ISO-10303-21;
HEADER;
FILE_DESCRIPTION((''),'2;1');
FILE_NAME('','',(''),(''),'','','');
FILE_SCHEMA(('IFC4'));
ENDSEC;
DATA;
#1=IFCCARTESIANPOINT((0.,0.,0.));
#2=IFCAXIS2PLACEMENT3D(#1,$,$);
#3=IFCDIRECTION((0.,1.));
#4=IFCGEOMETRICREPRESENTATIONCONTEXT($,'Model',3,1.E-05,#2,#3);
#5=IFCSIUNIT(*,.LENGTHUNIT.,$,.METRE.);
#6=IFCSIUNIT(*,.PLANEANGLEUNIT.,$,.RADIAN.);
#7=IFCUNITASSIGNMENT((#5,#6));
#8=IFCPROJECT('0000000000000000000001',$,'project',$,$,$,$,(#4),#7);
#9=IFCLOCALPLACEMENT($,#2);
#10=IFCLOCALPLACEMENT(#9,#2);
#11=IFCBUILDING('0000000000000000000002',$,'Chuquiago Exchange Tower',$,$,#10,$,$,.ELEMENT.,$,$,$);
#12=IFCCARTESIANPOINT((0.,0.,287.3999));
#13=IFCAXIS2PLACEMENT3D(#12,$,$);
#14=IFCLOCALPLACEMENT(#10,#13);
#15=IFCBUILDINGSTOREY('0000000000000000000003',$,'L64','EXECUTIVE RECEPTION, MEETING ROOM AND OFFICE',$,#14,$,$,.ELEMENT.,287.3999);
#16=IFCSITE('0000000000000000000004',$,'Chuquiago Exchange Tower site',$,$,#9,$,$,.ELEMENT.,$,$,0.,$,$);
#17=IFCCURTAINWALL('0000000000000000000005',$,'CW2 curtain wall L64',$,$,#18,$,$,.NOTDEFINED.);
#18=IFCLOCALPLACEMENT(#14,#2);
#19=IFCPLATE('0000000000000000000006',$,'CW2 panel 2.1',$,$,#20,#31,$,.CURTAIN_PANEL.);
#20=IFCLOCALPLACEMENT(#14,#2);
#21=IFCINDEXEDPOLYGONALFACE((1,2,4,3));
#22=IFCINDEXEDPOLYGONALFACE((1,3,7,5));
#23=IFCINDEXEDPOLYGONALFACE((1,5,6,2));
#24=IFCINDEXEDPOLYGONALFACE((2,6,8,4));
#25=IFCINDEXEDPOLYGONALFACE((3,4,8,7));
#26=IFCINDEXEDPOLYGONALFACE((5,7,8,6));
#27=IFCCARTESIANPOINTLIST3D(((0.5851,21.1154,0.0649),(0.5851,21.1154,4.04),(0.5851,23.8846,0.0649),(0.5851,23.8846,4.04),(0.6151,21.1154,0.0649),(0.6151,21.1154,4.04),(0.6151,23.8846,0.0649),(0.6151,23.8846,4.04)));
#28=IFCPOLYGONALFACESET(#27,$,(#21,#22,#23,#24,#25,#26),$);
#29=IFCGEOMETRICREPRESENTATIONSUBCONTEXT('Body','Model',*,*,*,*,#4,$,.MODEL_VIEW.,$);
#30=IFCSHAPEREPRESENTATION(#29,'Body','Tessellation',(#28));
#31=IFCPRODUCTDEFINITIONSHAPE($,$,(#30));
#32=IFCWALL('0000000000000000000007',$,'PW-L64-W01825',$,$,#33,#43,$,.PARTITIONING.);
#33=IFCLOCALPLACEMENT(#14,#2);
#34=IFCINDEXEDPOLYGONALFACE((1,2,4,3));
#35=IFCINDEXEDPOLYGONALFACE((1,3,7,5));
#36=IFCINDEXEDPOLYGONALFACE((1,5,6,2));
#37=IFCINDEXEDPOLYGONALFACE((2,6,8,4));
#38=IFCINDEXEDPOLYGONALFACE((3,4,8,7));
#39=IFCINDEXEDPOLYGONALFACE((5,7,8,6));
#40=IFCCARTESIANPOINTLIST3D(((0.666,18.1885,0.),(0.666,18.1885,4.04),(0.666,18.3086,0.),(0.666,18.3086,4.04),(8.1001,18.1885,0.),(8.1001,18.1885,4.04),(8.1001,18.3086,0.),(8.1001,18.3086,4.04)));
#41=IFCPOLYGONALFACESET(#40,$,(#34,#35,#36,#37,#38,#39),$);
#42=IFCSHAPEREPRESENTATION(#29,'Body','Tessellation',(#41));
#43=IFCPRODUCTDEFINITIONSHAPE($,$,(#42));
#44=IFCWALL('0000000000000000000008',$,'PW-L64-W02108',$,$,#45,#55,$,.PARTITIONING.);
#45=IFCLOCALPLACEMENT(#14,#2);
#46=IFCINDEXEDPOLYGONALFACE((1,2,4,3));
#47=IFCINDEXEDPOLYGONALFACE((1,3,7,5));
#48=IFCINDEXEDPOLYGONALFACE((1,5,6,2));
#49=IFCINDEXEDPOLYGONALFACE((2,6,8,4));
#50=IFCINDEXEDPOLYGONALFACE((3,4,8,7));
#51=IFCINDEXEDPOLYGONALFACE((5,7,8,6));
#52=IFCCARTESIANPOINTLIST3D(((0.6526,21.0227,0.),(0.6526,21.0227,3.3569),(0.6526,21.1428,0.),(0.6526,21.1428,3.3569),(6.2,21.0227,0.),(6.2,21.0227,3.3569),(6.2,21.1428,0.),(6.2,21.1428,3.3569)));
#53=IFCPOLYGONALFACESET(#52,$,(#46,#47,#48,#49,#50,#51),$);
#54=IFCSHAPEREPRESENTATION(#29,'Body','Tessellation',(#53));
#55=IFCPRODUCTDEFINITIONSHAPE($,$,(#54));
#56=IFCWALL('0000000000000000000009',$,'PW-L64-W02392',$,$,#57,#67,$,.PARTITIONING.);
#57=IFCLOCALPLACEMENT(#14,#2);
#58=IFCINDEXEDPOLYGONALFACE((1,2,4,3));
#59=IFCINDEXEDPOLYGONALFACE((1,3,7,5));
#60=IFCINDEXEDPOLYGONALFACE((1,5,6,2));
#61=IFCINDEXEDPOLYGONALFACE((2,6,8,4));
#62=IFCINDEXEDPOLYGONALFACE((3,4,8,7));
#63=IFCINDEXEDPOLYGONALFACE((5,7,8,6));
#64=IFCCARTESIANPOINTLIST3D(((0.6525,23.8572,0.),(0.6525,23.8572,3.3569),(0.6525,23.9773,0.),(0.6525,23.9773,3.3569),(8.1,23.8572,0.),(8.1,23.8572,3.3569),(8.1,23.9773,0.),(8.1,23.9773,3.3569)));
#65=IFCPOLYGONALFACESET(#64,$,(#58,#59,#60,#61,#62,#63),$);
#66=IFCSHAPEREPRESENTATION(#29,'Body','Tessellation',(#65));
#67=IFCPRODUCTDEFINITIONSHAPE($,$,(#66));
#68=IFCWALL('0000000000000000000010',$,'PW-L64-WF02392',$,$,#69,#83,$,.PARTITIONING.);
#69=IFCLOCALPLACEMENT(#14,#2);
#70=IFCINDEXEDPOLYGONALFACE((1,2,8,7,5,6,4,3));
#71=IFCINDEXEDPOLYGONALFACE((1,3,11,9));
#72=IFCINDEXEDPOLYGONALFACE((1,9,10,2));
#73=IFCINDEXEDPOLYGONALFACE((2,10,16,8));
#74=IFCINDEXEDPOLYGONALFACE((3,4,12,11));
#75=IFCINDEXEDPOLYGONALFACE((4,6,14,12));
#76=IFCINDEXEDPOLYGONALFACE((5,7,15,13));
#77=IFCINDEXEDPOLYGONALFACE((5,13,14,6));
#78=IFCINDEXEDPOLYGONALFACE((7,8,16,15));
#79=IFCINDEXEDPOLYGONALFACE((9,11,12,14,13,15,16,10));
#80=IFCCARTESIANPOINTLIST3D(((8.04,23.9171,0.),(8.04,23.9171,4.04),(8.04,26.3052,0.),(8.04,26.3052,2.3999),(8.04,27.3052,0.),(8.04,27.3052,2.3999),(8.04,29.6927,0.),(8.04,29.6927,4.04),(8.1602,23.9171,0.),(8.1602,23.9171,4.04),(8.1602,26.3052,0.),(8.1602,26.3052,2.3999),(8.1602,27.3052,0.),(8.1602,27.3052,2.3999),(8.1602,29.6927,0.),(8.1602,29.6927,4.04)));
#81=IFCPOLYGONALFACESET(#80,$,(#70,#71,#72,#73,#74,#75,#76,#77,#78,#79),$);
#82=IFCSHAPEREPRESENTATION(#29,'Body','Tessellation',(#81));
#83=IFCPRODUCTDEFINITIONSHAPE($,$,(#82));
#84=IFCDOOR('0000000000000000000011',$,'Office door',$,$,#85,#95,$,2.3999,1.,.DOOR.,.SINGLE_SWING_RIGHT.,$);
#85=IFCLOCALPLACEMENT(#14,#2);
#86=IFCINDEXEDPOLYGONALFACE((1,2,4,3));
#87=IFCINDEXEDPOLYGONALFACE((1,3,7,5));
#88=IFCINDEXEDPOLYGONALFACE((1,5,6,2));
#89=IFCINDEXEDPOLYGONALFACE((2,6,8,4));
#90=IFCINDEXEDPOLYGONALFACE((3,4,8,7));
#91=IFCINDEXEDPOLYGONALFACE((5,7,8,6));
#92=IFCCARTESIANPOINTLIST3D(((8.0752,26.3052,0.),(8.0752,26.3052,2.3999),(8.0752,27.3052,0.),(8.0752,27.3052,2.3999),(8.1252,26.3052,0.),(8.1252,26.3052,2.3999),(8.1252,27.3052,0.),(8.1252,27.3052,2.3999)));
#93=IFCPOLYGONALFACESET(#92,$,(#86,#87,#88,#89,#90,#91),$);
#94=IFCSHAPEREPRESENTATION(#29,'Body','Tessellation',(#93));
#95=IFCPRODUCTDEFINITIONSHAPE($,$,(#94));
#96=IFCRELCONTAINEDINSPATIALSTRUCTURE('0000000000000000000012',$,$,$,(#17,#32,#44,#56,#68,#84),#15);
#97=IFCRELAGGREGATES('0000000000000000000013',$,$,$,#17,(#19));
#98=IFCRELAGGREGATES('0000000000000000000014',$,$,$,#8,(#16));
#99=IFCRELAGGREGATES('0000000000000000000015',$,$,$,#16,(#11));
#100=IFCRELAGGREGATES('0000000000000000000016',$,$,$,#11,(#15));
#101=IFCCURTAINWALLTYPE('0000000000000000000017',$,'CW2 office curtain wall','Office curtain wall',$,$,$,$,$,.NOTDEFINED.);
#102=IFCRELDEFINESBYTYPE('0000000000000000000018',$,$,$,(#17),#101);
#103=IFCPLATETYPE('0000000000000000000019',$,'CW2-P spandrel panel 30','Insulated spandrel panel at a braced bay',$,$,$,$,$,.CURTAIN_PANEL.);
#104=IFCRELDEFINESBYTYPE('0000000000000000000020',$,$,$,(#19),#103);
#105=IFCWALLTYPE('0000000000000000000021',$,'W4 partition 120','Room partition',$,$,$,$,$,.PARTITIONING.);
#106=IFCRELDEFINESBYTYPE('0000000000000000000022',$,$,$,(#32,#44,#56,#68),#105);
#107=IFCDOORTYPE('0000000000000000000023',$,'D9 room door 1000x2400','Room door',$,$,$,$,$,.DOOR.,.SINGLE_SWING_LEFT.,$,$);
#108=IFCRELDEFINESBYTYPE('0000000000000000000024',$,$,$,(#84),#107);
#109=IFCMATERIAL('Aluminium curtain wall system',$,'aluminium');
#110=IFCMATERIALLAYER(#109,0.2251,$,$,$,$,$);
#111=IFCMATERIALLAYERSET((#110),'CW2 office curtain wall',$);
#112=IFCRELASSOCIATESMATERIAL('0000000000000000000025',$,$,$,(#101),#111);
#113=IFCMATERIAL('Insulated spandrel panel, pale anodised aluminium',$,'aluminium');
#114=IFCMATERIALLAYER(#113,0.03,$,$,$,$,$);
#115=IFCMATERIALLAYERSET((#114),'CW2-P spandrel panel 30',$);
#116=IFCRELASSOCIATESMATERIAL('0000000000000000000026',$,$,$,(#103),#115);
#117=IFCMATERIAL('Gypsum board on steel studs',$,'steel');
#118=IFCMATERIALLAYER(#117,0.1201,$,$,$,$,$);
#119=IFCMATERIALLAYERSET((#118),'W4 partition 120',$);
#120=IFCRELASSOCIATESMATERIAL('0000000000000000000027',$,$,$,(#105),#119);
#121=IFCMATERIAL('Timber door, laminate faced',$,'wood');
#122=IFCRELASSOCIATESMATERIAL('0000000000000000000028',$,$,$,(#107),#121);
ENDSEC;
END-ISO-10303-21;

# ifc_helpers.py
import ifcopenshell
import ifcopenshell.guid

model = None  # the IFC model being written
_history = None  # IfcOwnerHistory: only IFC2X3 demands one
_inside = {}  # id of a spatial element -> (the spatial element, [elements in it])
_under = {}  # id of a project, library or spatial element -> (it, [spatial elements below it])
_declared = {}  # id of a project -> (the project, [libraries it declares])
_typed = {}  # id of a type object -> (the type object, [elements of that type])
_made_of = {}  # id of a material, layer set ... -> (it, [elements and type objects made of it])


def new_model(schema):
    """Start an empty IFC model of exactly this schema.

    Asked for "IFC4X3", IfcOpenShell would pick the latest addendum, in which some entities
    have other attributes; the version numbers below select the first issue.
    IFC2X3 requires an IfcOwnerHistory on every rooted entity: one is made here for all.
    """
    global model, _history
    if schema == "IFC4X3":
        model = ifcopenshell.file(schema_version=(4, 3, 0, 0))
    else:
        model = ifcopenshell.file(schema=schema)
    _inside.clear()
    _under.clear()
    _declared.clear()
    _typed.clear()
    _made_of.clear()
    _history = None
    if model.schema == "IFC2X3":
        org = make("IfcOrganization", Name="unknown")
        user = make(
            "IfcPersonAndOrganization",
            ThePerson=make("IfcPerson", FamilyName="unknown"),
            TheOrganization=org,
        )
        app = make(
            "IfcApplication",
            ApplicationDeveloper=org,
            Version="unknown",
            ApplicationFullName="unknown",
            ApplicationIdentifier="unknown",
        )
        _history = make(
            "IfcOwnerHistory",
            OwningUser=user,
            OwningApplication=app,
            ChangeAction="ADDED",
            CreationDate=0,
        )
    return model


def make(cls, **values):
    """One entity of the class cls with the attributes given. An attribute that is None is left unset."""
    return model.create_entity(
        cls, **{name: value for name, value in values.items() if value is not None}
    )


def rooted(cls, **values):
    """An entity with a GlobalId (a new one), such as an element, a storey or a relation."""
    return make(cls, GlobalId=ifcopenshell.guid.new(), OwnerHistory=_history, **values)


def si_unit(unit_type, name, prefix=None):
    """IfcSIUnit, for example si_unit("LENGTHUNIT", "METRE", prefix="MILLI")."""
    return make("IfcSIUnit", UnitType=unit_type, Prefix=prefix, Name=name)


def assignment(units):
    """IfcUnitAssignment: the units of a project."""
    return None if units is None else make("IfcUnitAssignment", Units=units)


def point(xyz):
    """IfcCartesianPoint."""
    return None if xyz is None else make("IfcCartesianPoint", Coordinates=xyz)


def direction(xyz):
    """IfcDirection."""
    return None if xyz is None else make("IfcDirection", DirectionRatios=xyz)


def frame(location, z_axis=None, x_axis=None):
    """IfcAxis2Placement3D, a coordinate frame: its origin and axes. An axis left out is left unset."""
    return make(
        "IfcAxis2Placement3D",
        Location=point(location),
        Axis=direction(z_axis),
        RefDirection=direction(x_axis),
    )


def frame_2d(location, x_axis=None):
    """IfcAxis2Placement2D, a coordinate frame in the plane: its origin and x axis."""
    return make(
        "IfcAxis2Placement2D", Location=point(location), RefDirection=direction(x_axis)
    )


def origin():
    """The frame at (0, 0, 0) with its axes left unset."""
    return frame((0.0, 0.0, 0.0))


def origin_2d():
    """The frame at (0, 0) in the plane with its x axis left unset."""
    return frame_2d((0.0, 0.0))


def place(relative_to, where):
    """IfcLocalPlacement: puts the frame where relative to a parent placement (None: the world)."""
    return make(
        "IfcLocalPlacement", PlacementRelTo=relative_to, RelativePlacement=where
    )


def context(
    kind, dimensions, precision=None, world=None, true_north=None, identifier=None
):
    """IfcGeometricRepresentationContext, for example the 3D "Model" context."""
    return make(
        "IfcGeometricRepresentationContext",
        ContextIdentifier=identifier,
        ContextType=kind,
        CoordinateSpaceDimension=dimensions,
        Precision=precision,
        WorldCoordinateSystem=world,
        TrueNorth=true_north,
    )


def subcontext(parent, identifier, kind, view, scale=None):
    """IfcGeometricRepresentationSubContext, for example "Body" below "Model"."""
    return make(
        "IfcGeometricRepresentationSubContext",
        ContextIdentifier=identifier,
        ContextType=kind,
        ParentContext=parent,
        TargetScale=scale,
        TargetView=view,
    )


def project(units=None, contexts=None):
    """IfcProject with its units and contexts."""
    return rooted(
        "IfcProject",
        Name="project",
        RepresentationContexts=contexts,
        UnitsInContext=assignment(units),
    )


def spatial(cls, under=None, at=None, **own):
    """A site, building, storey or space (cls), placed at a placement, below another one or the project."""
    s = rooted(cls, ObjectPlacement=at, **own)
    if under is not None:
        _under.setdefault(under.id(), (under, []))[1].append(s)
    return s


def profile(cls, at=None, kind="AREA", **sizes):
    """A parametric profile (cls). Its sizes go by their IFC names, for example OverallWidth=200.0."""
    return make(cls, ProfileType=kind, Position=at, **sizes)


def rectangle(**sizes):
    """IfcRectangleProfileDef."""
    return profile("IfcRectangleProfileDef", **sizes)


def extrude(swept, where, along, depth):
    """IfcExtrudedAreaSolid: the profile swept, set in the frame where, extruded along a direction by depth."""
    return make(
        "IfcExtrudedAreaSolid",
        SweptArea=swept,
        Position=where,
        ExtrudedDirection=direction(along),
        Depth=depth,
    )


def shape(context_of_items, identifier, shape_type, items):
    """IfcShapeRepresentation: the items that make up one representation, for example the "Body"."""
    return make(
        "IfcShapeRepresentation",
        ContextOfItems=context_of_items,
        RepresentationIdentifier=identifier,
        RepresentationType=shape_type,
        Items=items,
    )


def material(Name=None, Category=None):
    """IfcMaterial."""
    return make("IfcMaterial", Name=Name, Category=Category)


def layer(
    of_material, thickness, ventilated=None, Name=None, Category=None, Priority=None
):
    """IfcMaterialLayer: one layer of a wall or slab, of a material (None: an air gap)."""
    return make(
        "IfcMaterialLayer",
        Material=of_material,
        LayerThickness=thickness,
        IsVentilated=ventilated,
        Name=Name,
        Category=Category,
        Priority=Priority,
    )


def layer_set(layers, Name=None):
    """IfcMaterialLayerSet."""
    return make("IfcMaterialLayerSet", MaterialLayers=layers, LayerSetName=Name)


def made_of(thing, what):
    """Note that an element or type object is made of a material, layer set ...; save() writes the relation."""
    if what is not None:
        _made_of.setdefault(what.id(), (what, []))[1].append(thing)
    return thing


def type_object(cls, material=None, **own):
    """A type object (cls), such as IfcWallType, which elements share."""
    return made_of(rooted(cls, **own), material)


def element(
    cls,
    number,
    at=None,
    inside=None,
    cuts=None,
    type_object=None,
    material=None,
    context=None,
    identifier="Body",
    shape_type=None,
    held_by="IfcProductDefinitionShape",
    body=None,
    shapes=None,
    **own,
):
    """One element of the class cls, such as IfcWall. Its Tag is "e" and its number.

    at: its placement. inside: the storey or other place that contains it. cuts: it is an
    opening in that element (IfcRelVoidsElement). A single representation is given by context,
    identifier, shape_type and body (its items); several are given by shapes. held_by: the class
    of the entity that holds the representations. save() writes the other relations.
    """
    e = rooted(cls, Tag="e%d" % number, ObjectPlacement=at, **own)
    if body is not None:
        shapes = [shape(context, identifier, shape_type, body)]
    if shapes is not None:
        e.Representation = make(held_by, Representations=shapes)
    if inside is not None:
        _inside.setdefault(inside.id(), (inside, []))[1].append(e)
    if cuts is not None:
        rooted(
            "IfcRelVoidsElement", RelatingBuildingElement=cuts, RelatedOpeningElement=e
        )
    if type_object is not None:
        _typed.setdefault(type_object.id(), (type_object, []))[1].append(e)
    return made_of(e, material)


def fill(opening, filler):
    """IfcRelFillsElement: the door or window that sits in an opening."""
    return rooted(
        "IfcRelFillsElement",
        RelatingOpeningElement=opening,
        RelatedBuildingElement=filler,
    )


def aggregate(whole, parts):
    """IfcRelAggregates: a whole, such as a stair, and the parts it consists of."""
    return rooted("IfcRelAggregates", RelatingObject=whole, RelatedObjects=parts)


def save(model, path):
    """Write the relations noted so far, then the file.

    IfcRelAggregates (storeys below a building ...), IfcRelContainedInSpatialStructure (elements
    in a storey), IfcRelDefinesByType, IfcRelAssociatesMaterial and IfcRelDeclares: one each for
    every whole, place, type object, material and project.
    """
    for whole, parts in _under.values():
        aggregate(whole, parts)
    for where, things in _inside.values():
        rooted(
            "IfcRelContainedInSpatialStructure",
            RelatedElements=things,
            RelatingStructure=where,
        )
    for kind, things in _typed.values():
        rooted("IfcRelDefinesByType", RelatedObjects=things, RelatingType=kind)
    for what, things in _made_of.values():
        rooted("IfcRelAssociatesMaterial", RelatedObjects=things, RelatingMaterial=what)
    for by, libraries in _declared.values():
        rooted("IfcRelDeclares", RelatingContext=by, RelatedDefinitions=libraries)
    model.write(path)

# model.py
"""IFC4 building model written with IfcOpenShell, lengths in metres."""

from ifc_helpers import new_model, si_unit, direction, frame, frame_2d, origin, origin_2d, place, context, subcontext, project, spatial, rectangle, extrude, material, layer, layer_set, type_object, element, fill, aggregate, save


model = new_model("IFC4")

# Units and contexts
model_context = context("Model", 3, precision=1e-05, world=origin(), true_north=direction((0.0, 1.0)))
body_context = subcontext(model_context, "Body", "Model", "MODEL_VIEW")
ifc_project = project(units=[si_unit("LENGTHUNIT", "METRE"), si_unit("PLANEANGLEUNIT", "RADIAN")], contexts=[model_context])

# Site, building, storey
site_placement = place(None, origin())
site = spatial("IfcSite", under=ifc_project, at=site_placement, Name="Chuquiago Exchange Tower site", CompositionType="ELEMENT", RefElevation=0.0)
building_placement = place(site_placement, origin())
building = spatial("IfcBuilding", under=site, at=building_placement, Name="Chuquiago Exchange Tower", CompositionType="ELEMENT")
storey_placement = place(building_placement, frame((0.0, 0.0, 287.3999)))
storey = spatial("IfcBuildingStorey", under=building, at=storey_placement, Name="L64", Description="EXECUTIVE RECEPTION, MEETING ROOM AND OFFICE", CompositionType="ELEMENT", Elevation=287.3999)

# Curtain wall
ifc_material_1 = material(Name="Aluminium curtain wall system", Category="aluminium")
ifc_layer_1 = layer(ifc_material_1, 0.2251)
ifc_layer_set_1 = layer_set([ifc_layer_1], Name="CW2 office curtain wall")
curtain_wall_type_1 = type_object("IfcCurtainWallType", Name="CW2 office curtain wall", Description="Office curtain wall", PredefinedType="NOTDEFINED", material=ifc_layer_set_1)
curtain_wall_1_placement = place(storey_placement, origin())
curtain_wall_1 = element("IfcCurtainWall", 1, at=curtain_wall_1_placement, inside=storey, type_object=curtain_wall_type_1, Name="CW2 curtain wall L64", PredefinedType="NOTDEFINED")

# Plate
ifc_material_2 = material(Name="Insulated spandrel panel, pale anodised aluminium", Category="aluminium")
ifc_layer_2 = layer(ifc_material_2, 0.03)
ifc_layer_set_2 = layer_set([ifc_layer_2], Name="CW2-P spandrel panel 30")
plate_type_1 = type_object("IfcPlateType", Name="CW2-P spandrel panel 30", Description="Insulated spandrel panel at a braced bay", PredefinedType="CURTAIN_PANEL", material=ifc_layer_set_2)
plate_1_placement = place(storey_placement, frame((0.6001, 22.5, 0.0649), z_axis=(0.0, 0.0, 1.0), x_axis=(0.0, -1.0, 0.0)))
plate_1 = element("IfcPlate", 2, at=plate_1_placement, type_object=plate_type_1, Name="CW2 panel 2.1", PredefinedType="CURTAIN_PANEL", context=body_context, shape_type="SweptSolid", body=[
    extrude(rectangle(XDim=2.7693, YDim=0.03, at=origin_2d()), origin(), (0.0, 0.0, 1.0), 3.9751),
])
aggregate(curtain_wall_1, [plate_1])

# Walls
ifc_material_3 = material(Name="Gypsum board on steel studs", Category="steel")
ifc_layer_3 = layer(ifc_material_3, 0.1201)
ifc_layer_set_3 = layer_set([ifc_layer_3], Name="W4 partition 120")
wall_type = type_object("IfcWallType", Name="W4 partition 120", Description="Room partition", PredefinedType="PARTITIONING", material=ifc_layer_set_3)
wall_1_placement = place(storey_placement, frame((0.666, 18.2485, 0.0), z_axis=(0.0, 0.0, 1.0), x_axis=(1.0, 0.0, 0.0)))
element("IfcWall", 3, at=wall_1_placement, inside=storey, type_object=wall_type, Name="PW-L64-W01825", PredefinedType="PARTITIONING", context=body_context, shape_type="SweptSolid", body=[
    extrude(rectangle(XDim=7.4341, YDim=0.1201, at=frame_2d((3.717, 0.0))), origin(), (0.0, 0.0, 1.0), 4.04),
])
wall_2_placement = place(storey_placement, frame((0.6526, 21.0828, 0.0), z_axis=(0.0, 0.0, 1.0), x_axis=(1.0, 0.0, 0.0)))
element("IfcWall", 4, at=wall_2_placement, inside=storey, type_object=wall_type, Name="PW-L64-W02108", PredefinedType="PARTITIONING", context=body_context, shape_type="SweptSolid", body=[
    extrude(rectangle(XDim=5.5474, YDim=0.1201, at=frame_2d((2.7737, 0.0))), origin(), (0.0, 0.0, 1.0), 3.3569),
])
wall_3_placement = place(storey_placement, frame((0.6526, 23.9172, 0.0), z_axis=(0.0, 0.0, 1.0), x_axis=(1.0, 0.0, 0.0)))
element("IfcWall", 5, at=wall_3_placement, inside=storey, type_object=wall_type, Name="PW-L64-W02392", PredefinedType="PARTITIONING", context=body_context, shape_type="SweptSolid", body=[
    extrude(rectangle(XDim=7.4475, YDim=0.1201, at=frame_2d((3.7236, 0.0))), origin(), (0.0, 0.0, 1.0), 3.3569),
])

# Wall, opening, door
wall_4_placement = place(storey_placement, frame((8.1001, 23.9172, 0.0), z_axis=(0.0, 0.0, 1.0), x_axis=(0.0, 1.0, 0.0)))
wall_4 = element("IfcWall", 6, at=wall_4_placement, inside=storey, type_object=wall_type, Name="PW-L64-WF02392", PredefinedType="PARTITIONING", context=body_context, shape_type="SweptSolid", body=[
    extrude(rectangle(XDim=5.7756, YDim=0.1201, at=frame_2d((2.8877, 0.0))), origin(), (0.0, 0.0, 1.0), 4.04),
])
opening_1_placement = place(wall_4_placement, frame((2.3879, 0.0, 0.0)))
opening_1 = element("IfcOpeningElement", 7, at=opening_1_placement, cuts=wall_4, PredefinedType="OPENING", context=body_context, shape_type="SweptSolid", body=[
    extrude(rectangle(XDim=1.0, YDim=2.3999, at=frame_2d((0.5, 1.2))), frame((0.0, 0.0701, 0.0), z_axis=(0.0, -1.0, 0.0), x_axis=(1.0, 0.0, 0.0)), (0.0, 0.0, 1.0), 0.1401),
])
ifc_material_4 = material(Name="Timber door, laminate faced", Category="wood")
door_type_1 = type_object("IfcDoorType", Name="D9 room door 1000x2400", Description="Room door", OperationType="SINGLE_SWING_LEFT", PredefinedType="DOOR", material=ifc_material_4)
door_1_placement = place(opening_1_placement, origin())
door_1 = element("IfcDoor", 8, at=door_1_placement, inside=storey, type_object=door_type_1, Name="Office door", OperationType="SINGLE_SWING_RIGHT", OverallHeight=2.3999, OverallWidth=1.0, PredefinedType="DOOR", context=body_context, shape_type="SweptSolid", body=[
    extrude(rectangle(XDim=1.0, YDim=2.3999, at=frame_2d((0.5, 1.2))), frame((0.0, 0.0249, 0.0), z_axis=(0.0, -1.0, 0.0), x_axis=(1.0, 0.0, 0.0)), (0.0, 0.0, 1.0), 0.05),
])
fill(opening_1, door_1)

save(model, "model.ifc")
